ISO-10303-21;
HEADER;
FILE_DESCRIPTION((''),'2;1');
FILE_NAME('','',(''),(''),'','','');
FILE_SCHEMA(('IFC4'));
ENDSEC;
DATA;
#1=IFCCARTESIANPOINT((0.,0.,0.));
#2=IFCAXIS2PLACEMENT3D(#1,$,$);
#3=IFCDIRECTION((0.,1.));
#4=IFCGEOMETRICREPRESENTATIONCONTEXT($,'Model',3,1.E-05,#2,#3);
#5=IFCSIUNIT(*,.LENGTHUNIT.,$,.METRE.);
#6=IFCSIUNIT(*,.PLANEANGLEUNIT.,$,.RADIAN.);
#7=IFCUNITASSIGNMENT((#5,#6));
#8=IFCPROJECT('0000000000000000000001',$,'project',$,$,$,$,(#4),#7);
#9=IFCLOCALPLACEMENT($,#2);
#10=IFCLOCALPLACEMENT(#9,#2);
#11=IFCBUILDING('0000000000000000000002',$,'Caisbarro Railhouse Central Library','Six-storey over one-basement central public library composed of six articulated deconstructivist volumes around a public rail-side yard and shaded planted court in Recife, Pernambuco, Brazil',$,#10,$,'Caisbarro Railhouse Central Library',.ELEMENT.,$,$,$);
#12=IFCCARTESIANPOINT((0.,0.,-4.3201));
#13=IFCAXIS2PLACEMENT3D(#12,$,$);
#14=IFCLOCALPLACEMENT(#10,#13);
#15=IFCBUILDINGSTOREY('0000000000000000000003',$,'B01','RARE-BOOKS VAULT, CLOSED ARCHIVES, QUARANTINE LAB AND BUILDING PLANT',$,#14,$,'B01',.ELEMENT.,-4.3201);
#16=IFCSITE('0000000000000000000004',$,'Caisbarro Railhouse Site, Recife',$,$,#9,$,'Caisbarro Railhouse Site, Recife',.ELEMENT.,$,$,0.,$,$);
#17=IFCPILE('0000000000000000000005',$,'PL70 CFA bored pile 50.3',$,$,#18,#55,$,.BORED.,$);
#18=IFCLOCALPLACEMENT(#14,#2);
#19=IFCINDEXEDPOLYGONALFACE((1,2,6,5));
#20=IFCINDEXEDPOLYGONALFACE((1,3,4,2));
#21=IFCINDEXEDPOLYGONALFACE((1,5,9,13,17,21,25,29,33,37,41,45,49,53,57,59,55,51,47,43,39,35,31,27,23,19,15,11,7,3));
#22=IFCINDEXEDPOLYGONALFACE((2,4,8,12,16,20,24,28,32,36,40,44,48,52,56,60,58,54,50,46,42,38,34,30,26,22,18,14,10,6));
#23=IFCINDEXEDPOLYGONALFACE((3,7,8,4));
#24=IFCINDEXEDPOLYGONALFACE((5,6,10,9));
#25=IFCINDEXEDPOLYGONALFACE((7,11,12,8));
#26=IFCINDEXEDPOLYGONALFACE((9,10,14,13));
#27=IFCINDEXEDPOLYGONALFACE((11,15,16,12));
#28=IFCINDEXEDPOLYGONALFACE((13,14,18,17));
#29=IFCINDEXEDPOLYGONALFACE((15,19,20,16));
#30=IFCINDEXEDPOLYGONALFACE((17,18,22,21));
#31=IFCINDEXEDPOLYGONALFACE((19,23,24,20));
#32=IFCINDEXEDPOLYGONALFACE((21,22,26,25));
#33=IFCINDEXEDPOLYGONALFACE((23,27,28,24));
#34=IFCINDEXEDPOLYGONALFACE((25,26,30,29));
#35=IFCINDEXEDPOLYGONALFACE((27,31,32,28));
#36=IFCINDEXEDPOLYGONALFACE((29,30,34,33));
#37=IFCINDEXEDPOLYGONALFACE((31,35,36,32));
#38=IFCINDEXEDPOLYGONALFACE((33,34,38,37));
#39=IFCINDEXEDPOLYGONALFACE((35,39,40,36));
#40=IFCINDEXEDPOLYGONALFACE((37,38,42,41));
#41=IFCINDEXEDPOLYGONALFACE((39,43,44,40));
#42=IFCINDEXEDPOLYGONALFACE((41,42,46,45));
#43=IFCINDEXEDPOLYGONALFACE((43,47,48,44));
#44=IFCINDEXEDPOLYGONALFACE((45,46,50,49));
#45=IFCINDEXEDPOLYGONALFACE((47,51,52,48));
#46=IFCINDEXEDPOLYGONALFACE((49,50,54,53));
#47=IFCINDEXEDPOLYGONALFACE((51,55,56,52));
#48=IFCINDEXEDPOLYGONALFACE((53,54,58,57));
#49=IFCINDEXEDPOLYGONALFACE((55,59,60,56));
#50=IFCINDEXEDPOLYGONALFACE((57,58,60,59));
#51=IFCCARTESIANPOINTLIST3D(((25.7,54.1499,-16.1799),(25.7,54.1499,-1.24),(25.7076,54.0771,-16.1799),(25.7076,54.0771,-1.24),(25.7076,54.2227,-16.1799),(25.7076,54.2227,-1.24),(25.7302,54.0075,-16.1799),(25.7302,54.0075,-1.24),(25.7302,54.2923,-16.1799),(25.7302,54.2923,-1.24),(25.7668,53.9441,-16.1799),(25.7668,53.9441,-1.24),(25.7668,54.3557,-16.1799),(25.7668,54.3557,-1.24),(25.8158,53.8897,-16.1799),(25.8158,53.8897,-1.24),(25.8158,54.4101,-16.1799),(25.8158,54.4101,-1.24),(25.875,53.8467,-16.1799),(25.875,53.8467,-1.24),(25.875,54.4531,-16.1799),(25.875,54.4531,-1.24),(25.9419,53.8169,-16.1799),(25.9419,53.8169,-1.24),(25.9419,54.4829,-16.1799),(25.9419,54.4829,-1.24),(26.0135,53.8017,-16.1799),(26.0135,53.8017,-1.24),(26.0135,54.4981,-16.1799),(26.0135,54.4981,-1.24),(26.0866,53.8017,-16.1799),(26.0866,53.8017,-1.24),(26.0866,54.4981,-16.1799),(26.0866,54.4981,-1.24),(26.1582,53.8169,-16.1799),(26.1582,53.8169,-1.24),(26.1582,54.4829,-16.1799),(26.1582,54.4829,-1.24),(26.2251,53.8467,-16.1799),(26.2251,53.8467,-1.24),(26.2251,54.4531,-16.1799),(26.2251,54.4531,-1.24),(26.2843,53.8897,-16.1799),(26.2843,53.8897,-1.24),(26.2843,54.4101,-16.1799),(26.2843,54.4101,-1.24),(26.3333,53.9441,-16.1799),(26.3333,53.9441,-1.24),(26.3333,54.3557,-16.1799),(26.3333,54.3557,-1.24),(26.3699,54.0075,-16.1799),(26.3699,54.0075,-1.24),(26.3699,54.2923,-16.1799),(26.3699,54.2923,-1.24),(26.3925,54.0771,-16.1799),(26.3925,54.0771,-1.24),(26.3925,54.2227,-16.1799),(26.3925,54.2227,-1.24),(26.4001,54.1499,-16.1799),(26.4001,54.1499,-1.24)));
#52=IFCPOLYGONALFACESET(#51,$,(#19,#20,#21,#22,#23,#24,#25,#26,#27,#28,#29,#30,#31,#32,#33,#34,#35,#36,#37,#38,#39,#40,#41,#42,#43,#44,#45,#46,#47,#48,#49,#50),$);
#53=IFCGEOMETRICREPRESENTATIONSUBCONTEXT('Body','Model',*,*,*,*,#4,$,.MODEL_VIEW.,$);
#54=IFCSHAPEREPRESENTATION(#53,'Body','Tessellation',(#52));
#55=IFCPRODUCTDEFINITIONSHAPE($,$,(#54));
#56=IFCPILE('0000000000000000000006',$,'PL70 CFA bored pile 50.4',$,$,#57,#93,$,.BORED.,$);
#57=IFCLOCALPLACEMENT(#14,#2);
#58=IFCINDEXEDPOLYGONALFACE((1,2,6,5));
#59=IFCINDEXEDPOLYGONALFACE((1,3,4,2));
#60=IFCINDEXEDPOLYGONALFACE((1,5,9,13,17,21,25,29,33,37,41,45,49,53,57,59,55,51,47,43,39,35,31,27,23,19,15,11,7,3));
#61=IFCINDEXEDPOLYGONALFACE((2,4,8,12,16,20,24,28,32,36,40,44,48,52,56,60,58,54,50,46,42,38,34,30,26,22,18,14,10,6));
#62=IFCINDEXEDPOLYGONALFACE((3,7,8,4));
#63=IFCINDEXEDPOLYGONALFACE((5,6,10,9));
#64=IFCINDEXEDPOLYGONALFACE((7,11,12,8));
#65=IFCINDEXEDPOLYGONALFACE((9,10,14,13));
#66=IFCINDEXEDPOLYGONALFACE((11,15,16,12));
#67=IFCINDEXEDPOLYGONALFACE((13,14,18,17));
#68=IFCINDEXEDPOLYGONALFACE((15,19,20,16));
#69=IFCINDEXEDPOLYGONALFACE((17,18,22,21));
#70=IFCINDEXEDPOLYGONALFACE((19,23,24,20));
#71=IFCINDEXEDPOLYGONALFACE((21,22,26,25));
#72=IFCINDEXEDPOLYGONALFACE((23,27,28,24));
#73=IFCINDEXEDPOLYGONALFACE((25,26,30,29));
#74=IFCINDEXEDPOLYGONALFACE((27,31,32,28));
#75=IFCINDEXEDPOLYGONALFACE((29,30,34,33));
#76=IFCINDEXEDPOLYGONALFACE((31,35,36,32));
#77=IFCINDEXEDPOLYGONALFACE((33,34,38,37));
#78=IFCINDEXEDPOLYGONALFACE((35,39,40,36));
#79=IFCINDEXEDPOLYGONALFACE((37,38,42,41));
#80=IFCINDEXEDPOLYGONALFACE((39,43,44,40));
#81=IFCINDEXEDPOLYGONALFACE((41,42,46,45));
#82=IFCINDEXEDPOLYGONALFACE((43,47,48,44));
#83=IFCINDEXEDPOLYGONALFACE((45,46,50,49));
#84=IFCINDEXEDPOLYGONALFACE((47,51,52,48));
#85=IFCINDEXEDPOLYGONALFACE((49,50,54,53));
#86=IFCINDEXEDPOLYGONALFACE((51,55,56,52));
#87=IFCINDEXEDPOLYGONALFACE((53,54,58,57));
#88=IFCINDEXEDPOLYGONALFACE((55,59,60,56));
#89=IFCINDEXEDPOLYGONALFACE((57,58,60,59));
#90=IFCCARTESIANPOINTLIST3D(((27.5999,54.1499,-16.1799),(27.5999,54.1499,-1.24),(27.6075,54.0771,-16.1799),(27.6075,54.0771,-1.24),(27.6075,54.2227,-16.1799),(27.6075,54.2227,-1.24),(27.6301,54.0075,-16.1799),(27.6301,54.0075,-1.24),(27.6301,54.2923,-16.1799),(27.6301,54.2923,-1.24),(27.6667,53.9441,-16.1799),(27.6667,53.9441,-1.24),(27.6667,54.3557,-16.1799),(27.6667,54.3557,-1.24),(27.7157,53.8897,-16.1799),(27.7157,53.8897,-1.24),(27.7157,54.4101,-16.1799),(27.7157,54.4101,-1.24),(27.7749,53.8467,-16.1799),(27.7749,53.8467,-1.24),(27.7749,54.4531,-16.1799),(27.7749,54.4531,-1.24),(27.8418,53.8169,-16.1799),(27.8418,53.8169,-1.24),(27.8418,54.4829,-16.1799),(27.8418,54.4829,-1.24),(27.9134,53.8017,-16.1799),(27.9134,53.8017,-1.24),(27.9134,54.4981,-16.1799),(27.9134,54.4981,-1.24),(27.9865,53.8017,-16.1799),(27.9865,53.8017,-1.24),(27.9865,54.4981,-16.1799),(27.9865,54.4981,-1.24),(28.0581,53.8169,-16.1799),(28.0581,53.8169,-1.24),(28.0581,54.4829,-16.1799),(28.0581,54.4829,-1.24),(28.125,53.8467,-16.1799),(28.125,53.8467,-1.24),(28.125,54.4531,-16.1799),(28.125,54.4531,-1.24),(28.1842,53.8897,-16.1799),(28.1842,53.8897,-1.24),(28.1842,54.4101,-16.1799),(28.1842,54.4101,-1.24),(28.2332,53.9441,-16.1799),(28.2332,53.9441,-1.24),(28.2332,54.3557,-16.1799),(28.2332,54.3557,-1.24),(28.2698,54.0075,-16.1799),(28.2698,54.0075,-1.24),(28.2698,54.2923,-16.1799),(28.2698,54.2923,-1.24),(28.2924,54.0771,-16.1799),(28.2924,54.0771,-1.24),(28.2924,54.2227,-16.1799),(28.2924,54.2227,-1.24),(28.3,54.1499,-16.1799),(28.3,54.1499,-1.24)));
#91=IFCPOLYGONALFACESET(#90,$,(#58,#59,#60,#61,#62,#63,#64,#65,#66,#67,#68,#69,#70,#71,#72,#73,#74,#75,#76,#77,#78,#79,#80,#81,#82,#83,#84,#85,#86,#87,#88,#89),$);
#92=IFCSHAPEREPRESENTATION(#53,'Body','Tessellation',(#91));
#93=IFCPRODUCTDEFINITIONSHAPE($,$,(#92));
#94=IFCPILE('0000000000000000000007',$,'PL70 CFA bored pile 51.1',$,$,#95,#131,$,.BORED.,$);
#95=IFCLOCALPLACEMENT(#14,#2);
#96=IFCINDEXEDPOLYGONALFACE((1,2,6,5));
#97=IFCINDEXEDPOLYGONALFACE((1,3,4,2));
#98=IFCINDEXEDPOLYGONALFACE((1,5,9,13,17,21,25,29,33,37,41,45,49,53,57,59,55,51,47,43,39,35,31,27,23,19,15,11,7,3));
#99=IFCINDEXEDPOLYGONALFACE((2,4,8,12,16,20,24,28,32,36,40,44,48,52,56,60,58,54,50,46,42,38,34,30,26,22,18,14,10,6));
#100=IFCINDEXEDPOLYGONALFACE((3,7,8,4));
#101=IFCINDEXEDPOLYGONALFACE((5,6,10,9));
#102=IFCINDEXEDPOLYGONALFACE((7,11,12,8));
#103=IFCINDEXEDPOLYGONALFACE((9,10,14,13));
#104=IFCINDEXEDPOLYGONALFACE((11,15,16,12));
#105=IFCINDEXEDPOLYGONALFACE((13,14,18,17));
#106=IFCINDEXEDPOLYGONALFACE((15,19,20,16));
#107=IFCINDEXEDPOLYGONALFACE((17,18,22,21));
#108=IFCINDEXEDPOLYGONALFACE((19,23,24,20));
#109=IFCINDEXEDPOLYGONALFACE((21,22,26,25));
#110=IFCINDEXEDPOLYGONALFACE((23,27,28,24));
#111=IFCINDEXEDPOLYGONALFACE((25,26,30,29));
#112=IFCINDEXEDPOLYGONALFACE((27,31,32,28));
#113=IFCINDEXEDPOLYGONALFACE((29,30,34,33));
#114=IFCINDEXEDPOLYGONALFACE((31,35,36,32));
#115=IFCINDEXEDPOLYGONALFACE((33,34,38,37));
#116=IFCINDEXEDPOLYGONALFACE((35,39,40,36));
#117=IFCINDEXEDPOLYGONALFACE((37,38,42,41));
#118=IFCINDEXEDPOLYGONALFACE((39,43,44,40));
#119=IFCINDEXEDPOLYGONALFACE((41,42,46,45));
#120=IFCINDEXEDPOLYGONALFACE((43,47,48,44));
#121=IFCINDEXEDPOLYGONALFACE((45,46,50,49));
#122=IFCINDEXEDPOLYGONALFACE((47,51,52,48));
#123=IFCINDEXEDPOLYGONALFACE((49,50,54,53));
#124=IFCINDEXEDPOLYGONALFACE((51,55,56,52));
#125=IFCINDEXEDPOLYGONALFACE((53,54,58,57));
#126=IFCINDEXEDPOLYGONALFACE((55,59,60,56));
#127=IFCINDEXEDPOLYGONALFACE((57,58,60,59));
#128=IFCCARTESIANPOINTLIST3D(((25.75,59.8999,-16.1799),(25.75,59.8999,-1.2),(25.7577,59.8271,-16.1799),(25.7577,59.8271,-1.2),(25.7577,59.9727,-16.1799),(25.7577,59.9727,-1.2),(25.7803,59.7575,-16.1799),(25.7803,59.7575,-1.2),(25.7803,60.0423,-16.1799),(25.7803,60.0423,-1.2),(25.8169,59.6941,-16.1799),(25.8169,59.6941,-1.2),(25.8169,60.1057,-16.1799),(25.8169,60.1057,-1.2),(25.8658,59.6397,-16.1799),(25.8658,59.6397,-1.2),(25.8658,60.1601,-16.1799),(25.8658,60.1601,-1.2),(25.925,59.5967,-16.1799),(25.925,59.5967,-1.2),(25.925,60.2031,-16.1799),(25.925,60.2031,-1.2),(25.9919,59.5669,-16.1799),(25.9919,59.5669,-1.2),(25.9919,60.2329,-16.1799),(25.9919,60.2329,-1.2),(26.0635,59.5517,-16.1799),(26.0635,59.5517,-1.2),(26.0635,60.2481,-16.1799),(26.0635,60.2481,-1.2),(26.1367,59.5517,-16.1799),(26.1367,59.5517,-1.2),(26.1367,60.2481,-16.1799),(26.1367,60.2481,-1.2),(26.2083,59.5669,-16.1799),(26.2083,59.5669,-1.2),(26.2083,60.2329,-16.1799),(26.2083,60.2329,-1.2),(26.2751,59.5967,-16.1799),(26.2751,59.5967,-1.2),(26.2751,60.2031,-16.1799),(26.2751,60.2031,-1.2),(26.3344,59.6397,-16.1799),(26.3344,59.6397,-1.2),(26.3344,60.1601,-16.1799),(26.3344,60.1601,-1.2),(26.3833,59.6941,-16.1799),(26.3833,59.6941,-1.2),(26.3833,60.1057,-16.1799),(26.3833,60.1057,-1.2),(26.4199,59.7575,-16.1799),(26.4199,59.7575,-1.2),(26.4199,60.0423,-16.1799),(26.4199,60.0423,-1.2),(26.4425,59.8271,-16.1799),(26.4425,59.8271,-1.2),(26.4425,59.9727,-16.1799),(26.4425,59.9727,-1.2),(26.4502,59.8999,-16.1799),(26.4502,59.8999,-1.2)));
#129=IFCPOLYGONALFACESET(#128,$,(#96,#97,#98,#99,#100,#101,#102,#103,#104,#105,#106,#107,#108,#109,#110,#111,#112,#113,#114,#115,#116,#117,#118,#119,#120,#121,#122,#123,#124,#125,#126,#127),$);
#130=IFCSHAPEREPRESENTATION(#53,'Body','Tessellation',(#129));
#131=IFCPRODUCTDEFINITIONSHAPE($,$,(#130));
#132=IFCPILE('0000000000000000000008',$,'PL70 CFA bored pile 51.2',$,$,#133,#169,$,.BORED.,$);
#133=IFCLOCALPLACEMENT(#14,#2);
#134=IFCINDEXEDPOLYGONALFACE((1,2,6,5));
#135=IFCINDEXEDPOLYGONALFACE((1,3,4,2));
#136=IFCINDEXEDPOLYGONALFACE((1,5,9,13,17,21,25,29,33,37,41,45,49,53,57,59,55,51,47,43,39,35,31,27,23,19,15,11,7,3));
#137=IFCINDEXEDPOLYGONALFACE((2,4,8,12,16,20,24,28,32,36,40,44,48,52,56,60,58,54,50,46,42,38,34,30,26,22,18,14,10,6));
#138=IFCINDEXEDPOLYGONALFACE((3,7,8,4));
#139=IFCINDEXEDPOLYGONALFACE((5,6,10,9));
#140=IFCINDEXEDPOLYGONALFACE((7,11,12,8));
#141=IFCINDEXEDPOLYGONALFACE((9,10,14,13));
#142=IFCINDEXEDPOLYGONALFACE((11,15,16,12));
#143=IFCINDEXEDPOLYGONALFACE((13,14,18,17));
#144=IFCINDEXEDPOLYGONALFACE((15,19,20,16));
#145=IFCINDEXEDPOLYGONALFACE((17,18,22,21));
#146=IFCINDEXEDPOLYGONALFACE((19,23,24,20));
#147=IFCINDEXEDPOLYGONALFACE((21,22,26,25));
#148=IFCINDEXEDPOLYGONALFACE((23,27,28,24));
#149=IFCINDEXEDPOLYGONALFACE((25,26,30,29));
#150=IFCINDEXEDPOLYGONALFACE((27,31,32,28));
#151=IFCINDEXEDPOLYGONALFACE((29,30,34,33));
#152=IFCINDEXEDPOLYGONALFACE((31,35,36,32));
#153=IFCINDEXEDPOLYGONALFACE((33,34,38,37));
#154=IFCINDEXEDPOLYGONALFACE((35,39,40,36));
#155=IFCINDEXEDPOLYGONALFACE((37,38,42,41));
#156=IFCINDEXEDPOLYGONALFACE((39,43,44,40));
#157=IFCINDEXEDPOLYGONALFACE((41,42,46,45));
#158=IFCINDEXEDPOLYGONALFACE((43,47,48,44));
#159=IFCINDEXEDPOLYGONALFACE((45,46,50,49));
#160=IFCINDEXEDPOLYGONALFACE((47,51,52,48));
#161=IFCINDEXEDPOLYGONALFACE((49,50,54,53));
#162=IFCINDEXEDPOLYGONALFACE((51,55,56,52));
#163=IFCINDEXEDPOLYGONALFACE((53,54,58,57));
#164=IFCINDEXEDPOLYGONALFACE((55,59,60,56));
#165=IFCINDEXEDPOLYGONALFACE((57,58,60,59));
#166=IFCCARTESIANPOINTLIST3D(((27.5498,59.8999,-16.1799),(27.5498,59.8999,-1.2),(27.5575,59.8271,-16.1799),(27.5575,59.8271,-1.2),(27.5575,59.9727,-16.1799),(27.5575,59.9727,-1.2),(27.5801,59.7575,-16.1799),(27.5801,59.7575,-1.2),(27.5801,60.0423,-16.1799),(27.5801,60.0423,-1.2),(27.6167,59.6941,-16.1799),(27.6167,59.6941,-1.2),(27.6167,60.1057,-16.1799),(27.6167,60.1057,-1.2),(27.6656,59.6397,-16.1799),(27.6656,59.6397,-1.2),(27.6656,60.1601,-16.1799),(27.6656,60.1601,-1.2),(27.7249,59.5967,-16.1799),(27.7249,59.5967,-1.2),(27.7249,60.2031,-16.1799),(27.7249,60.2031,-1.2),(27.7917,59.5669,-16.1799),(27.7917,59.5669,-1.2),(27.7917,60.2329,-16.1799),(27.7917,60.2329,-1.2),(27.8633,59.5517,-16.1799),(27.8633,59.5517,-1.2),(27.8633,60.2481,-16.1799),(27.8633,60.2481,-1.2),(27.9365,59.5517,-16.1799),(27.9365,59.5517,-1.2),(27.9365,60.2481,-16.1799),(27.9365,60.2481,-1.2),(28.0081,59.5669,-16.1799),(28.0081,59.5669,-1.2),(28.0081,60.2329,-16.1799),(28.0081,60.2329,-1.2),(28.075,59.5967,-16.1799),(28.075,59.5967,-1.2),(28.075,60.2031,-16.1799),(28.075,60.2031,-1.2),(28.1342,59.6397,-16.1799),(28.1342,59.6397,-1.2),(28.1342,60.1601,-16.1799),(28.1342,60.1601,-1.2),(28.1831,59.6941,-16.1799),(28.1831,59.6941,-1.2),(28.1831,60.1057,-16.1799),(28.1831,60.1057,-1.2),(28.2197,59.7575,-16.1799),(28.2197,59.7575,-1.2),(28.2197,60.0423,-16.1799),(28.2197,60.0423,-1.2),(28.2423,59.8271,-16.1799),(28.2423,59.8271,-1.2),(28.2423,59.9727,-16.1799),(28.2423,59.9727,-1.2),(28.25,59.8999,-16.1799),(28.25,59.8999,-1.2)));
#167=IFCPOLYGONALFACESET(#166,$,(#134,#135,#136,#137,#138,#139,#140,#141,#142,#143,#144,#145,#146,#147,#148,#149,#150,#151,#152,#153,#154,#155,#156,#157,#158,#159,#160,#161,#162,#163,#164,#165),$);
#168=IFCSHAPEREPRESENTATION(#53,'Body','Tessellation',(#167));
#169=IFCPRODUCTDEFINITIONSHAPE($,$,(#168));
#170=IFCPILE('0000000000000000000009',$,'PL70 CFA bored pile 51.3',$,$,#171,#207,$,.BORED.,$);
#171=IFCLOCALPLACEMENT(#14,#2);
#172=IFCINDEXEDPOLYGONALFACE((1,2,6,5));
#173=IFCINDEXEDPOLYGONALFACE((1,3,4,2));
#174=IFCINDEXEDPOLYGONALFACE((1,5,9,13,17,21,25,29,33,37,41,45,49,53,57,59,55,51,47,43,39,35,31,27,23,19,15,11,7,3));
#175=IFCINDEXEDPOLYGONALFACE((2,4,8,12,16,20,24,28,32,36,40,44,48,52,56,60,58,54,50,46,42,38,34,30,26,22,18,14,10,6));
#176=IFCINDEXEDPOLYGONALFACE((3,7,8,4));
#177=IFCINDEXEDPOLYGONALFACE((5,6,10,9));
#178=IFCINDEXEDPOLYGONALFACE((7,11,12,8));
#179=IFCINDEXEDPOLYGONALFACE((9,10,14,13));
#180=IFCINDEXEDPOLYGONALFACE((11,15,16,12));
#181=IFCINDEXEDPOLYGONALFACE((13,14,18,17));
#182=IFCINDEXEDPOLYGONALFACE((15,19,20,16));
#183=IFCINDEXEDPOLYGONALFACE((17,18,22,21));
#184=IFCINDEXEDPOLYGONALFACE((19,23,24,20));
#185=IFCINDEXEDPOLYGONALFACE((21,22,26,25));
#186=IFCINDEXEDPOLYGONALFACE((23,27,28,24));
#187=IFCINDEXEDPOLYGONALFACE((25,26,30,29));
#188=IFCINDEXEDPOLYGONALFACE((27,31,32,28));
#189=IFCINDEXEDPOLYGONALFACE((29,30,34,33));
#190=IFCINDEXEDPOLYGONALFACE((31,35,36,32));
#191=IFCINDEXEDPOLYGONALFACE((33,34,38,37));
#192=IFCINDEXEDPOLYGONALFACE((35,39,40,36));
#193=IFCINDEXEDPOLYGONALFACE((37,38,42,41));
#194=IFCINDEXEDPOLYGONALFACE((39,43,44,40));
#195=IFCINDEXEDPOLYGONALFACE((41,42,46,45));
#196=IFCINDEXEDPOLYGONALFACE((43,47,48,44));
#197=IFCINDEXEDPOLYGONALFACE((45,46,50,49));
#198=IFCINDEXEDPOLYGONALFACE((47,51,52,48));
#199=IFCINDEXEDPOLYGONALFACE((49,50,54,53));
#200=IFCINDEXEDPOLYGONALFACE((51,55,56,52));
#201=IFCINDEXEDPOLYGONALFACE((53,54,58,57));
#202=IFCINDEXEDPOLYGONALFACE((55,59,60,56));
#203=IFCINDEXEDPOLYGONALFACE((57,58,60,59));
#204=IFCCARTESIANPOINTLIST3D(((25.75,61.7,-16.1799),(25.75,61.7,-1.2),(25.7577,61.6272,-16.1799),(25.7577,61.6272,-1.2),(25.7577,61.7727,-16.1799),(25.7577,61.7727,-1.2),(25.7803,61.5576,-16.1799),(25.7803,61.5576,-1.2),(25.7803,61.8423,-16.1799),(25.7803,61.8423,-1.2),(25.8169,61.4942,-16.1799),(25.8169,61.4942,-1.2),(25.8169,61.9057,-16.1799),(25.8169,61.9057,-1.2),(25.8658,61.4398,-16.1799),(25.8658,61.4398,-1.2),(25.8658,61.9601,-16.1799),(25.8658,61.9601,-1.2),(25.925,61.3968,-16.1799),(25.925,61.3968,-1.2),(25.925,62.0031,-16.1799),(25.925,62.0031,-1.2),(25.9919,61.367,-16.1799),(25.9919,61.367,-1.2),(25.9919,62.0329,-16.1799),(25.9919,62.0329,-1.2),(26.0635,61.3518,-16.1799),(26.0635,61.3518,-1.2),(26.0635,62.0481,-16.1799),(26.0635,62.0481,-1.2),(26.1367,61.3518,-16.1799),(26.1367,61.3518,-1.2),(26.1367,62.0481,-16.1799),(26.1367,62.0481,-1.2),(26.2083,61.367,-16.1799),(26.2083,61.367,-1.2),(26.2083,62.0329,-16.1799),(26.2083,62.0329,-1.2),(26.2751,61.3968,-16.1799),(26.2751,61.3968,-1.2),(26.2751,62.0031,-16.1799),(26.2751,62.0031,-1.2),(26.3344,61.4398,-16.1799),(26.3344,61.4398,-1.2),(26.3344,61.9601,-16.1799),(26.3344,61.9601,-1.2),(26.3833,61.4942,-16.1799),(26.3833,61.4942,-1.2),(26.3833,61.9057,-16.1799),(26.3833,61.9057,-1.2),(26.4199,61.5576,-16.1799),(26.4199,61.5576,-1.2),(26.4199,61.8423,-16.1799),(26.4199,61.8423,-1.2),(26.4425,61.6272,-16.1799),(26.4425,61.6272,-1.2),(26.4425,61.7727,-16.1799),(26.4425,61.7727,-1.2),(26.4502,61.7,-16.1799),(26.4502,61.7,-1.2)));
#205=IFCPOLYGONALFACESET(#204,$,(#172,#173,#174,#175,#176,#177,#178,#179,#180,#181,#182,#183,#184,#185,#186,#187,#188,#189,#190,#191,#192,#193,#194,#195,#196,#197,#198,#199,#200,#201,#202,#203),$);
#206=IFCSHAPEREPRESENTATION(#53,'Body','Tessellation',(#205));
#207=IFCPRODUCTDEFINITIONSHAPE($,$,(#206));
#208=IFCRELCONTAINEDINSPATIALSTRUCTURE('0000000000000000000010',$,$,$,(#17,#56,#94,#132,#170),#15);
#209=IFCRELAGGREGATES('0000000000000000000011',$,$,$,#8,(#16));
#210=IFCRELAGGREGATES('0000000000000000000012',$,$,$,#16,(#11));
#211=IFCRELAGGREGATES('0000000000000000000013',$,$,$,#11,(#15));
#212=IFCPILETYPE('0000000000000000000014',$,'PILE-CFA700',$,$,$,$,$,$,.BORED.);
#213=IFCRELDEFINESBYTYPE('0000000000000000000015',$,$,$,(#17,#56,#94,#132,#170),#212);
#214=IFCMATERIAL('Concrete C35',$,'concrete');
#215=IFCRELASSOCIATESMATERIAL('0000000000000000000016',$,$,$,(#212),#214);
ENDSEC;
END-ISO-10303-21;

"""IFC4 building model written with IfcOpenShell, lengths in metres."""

from ifc_helpers import new_model, si_unit, direction, frame, origin, origin_2d, place, context, subcontext, project, spatial, circle, extrude, material, material_profile, profile_set, type_object, element, save


model = new_model("IFC4")

# Units and contexts
model_context = context("Model", 3, precision=1e-05, world=origin(), true_north=direction((0.0, 1.0)))
body_context = subcontext(model_context, "Body", "Model", "MODEL_VIEW")
ifc_project = project(units=[si_unit("LENGTHUNIT", "METRE"), si_unit("PLANEANGLEUNIT", "RADIAN")], contexts=[model_context])

# Site, building, storey
site_placement = place(None, origin())
site = spatial("IfcSite", under=ifc_project, at=site_placement, Name="Caisbarro Railhouse Site, Recife", LongName="Caisbarro Railhouse Site, Recife", CompositionType="ELEMENT", RefElevation=0.0)
building_placement = place(site_placement, origin())
building = spatial("IfcBuilding", under=site, at=building_placement, Name="Caisbarro Railhouse Central Library", Description="Six-storey over one-basement central public library composed of six articulated deconstructivist volumes around a public rail-side yard and shaded planted court in Recife, Pernambuco, Brazil", LongName="Caisbarro Railhouse Central Library", CompositionType="ELEMENT")
storey_placement = place(building_placement, frame((0.0, 0.0, -4.3201)))
storey = spatial("IfcBuildingStorey", under=building, at=storey_placement, Name="B01", Description="RARE-BOOKS VAULT, CLOSED ARCHIVES, QUARANTINE LAB AND BUILDING PLANT", LongName="B01", CompositionType="ELEMENT", Elevation=-4.3201)

# Shared definitions
ifc_material_1 = material(Name="Concrete C35", Category="concrete")

# Piles
ifc_material_profile_1 = material_profile(ifc_material_1, circle(Radius=0.3501, at=origin_2d()), Name="PILE-CFA-700")
ifc_profile_set_1 = profile_set([ifc_material_profile_1], Name="Concrete C35")
pile_type_1 = type_object("IfcPileType", Name="PILE-CFA700", PredefinedType="BORED", material=ifc_profile_set_1)
for number, where, z_axis, x_axis, name in (
    (1, (26.05, 54.1499, -1.24), (0.0, 0.0, -1.0), (1.0, 0.0, 0.0), "PL70 CFA bored pile 50.3"),
    (2, (27.95, 54.1499, -1.24), (0.0, 0.0, -1.0), (1.0, 0.0, 0.0), "PL70 CFA bored pile 50.4"),
):
    element("IfcPile", number, at=place(storey_placement, frame(where, z_axis=z_axis, x_axis=x_axis)), inside=storey, type_object=pile_type_1, Name=name, PredefinedType="BORED", context=body_context, shape_type="SweptSolid", body=[
        extrude(circle(Radius=0.3501, at=origin_2d()), origin(), (0.0, 0.0, 1.0), 14.9399),
    ])
for number, where, z_axis, x_axis, name in (
    (3, (26.1001, 59.8999, -1.2), (0.0, 0.0, -1.0), (1.0, 0.0, 0.0), "PL70 CFA bored pile 51.1"),
    (4, (27.8999, 59.8999, -1.2), (0.0, 0.0, -1.0), (1.0, 0.0, 0.0), "PL70 CFA bored pile 51.2"),
    (5, (26.1001, 61.7, -1.2), (0.0, 0.0, -1.0), (1.0, 0.0, 0.0), "PL70 CFA bored pile 51.3"),
):
    element("IfcPile", number, at=place(storey_placement, frame(where, z_axis=z_axis, x_axis=x_axis)), inside=storey, type_object=pile_type_1, Name=name, PredefinedType="BORED", context=body_context, shape_type="SweptSolid", body=[
        extrude(circle(Radius=0.3501, at=origin_2d()), origin(), (0.0, 0.0, 1.0), 14.98),
    ])

save(model, "model.ifc")
